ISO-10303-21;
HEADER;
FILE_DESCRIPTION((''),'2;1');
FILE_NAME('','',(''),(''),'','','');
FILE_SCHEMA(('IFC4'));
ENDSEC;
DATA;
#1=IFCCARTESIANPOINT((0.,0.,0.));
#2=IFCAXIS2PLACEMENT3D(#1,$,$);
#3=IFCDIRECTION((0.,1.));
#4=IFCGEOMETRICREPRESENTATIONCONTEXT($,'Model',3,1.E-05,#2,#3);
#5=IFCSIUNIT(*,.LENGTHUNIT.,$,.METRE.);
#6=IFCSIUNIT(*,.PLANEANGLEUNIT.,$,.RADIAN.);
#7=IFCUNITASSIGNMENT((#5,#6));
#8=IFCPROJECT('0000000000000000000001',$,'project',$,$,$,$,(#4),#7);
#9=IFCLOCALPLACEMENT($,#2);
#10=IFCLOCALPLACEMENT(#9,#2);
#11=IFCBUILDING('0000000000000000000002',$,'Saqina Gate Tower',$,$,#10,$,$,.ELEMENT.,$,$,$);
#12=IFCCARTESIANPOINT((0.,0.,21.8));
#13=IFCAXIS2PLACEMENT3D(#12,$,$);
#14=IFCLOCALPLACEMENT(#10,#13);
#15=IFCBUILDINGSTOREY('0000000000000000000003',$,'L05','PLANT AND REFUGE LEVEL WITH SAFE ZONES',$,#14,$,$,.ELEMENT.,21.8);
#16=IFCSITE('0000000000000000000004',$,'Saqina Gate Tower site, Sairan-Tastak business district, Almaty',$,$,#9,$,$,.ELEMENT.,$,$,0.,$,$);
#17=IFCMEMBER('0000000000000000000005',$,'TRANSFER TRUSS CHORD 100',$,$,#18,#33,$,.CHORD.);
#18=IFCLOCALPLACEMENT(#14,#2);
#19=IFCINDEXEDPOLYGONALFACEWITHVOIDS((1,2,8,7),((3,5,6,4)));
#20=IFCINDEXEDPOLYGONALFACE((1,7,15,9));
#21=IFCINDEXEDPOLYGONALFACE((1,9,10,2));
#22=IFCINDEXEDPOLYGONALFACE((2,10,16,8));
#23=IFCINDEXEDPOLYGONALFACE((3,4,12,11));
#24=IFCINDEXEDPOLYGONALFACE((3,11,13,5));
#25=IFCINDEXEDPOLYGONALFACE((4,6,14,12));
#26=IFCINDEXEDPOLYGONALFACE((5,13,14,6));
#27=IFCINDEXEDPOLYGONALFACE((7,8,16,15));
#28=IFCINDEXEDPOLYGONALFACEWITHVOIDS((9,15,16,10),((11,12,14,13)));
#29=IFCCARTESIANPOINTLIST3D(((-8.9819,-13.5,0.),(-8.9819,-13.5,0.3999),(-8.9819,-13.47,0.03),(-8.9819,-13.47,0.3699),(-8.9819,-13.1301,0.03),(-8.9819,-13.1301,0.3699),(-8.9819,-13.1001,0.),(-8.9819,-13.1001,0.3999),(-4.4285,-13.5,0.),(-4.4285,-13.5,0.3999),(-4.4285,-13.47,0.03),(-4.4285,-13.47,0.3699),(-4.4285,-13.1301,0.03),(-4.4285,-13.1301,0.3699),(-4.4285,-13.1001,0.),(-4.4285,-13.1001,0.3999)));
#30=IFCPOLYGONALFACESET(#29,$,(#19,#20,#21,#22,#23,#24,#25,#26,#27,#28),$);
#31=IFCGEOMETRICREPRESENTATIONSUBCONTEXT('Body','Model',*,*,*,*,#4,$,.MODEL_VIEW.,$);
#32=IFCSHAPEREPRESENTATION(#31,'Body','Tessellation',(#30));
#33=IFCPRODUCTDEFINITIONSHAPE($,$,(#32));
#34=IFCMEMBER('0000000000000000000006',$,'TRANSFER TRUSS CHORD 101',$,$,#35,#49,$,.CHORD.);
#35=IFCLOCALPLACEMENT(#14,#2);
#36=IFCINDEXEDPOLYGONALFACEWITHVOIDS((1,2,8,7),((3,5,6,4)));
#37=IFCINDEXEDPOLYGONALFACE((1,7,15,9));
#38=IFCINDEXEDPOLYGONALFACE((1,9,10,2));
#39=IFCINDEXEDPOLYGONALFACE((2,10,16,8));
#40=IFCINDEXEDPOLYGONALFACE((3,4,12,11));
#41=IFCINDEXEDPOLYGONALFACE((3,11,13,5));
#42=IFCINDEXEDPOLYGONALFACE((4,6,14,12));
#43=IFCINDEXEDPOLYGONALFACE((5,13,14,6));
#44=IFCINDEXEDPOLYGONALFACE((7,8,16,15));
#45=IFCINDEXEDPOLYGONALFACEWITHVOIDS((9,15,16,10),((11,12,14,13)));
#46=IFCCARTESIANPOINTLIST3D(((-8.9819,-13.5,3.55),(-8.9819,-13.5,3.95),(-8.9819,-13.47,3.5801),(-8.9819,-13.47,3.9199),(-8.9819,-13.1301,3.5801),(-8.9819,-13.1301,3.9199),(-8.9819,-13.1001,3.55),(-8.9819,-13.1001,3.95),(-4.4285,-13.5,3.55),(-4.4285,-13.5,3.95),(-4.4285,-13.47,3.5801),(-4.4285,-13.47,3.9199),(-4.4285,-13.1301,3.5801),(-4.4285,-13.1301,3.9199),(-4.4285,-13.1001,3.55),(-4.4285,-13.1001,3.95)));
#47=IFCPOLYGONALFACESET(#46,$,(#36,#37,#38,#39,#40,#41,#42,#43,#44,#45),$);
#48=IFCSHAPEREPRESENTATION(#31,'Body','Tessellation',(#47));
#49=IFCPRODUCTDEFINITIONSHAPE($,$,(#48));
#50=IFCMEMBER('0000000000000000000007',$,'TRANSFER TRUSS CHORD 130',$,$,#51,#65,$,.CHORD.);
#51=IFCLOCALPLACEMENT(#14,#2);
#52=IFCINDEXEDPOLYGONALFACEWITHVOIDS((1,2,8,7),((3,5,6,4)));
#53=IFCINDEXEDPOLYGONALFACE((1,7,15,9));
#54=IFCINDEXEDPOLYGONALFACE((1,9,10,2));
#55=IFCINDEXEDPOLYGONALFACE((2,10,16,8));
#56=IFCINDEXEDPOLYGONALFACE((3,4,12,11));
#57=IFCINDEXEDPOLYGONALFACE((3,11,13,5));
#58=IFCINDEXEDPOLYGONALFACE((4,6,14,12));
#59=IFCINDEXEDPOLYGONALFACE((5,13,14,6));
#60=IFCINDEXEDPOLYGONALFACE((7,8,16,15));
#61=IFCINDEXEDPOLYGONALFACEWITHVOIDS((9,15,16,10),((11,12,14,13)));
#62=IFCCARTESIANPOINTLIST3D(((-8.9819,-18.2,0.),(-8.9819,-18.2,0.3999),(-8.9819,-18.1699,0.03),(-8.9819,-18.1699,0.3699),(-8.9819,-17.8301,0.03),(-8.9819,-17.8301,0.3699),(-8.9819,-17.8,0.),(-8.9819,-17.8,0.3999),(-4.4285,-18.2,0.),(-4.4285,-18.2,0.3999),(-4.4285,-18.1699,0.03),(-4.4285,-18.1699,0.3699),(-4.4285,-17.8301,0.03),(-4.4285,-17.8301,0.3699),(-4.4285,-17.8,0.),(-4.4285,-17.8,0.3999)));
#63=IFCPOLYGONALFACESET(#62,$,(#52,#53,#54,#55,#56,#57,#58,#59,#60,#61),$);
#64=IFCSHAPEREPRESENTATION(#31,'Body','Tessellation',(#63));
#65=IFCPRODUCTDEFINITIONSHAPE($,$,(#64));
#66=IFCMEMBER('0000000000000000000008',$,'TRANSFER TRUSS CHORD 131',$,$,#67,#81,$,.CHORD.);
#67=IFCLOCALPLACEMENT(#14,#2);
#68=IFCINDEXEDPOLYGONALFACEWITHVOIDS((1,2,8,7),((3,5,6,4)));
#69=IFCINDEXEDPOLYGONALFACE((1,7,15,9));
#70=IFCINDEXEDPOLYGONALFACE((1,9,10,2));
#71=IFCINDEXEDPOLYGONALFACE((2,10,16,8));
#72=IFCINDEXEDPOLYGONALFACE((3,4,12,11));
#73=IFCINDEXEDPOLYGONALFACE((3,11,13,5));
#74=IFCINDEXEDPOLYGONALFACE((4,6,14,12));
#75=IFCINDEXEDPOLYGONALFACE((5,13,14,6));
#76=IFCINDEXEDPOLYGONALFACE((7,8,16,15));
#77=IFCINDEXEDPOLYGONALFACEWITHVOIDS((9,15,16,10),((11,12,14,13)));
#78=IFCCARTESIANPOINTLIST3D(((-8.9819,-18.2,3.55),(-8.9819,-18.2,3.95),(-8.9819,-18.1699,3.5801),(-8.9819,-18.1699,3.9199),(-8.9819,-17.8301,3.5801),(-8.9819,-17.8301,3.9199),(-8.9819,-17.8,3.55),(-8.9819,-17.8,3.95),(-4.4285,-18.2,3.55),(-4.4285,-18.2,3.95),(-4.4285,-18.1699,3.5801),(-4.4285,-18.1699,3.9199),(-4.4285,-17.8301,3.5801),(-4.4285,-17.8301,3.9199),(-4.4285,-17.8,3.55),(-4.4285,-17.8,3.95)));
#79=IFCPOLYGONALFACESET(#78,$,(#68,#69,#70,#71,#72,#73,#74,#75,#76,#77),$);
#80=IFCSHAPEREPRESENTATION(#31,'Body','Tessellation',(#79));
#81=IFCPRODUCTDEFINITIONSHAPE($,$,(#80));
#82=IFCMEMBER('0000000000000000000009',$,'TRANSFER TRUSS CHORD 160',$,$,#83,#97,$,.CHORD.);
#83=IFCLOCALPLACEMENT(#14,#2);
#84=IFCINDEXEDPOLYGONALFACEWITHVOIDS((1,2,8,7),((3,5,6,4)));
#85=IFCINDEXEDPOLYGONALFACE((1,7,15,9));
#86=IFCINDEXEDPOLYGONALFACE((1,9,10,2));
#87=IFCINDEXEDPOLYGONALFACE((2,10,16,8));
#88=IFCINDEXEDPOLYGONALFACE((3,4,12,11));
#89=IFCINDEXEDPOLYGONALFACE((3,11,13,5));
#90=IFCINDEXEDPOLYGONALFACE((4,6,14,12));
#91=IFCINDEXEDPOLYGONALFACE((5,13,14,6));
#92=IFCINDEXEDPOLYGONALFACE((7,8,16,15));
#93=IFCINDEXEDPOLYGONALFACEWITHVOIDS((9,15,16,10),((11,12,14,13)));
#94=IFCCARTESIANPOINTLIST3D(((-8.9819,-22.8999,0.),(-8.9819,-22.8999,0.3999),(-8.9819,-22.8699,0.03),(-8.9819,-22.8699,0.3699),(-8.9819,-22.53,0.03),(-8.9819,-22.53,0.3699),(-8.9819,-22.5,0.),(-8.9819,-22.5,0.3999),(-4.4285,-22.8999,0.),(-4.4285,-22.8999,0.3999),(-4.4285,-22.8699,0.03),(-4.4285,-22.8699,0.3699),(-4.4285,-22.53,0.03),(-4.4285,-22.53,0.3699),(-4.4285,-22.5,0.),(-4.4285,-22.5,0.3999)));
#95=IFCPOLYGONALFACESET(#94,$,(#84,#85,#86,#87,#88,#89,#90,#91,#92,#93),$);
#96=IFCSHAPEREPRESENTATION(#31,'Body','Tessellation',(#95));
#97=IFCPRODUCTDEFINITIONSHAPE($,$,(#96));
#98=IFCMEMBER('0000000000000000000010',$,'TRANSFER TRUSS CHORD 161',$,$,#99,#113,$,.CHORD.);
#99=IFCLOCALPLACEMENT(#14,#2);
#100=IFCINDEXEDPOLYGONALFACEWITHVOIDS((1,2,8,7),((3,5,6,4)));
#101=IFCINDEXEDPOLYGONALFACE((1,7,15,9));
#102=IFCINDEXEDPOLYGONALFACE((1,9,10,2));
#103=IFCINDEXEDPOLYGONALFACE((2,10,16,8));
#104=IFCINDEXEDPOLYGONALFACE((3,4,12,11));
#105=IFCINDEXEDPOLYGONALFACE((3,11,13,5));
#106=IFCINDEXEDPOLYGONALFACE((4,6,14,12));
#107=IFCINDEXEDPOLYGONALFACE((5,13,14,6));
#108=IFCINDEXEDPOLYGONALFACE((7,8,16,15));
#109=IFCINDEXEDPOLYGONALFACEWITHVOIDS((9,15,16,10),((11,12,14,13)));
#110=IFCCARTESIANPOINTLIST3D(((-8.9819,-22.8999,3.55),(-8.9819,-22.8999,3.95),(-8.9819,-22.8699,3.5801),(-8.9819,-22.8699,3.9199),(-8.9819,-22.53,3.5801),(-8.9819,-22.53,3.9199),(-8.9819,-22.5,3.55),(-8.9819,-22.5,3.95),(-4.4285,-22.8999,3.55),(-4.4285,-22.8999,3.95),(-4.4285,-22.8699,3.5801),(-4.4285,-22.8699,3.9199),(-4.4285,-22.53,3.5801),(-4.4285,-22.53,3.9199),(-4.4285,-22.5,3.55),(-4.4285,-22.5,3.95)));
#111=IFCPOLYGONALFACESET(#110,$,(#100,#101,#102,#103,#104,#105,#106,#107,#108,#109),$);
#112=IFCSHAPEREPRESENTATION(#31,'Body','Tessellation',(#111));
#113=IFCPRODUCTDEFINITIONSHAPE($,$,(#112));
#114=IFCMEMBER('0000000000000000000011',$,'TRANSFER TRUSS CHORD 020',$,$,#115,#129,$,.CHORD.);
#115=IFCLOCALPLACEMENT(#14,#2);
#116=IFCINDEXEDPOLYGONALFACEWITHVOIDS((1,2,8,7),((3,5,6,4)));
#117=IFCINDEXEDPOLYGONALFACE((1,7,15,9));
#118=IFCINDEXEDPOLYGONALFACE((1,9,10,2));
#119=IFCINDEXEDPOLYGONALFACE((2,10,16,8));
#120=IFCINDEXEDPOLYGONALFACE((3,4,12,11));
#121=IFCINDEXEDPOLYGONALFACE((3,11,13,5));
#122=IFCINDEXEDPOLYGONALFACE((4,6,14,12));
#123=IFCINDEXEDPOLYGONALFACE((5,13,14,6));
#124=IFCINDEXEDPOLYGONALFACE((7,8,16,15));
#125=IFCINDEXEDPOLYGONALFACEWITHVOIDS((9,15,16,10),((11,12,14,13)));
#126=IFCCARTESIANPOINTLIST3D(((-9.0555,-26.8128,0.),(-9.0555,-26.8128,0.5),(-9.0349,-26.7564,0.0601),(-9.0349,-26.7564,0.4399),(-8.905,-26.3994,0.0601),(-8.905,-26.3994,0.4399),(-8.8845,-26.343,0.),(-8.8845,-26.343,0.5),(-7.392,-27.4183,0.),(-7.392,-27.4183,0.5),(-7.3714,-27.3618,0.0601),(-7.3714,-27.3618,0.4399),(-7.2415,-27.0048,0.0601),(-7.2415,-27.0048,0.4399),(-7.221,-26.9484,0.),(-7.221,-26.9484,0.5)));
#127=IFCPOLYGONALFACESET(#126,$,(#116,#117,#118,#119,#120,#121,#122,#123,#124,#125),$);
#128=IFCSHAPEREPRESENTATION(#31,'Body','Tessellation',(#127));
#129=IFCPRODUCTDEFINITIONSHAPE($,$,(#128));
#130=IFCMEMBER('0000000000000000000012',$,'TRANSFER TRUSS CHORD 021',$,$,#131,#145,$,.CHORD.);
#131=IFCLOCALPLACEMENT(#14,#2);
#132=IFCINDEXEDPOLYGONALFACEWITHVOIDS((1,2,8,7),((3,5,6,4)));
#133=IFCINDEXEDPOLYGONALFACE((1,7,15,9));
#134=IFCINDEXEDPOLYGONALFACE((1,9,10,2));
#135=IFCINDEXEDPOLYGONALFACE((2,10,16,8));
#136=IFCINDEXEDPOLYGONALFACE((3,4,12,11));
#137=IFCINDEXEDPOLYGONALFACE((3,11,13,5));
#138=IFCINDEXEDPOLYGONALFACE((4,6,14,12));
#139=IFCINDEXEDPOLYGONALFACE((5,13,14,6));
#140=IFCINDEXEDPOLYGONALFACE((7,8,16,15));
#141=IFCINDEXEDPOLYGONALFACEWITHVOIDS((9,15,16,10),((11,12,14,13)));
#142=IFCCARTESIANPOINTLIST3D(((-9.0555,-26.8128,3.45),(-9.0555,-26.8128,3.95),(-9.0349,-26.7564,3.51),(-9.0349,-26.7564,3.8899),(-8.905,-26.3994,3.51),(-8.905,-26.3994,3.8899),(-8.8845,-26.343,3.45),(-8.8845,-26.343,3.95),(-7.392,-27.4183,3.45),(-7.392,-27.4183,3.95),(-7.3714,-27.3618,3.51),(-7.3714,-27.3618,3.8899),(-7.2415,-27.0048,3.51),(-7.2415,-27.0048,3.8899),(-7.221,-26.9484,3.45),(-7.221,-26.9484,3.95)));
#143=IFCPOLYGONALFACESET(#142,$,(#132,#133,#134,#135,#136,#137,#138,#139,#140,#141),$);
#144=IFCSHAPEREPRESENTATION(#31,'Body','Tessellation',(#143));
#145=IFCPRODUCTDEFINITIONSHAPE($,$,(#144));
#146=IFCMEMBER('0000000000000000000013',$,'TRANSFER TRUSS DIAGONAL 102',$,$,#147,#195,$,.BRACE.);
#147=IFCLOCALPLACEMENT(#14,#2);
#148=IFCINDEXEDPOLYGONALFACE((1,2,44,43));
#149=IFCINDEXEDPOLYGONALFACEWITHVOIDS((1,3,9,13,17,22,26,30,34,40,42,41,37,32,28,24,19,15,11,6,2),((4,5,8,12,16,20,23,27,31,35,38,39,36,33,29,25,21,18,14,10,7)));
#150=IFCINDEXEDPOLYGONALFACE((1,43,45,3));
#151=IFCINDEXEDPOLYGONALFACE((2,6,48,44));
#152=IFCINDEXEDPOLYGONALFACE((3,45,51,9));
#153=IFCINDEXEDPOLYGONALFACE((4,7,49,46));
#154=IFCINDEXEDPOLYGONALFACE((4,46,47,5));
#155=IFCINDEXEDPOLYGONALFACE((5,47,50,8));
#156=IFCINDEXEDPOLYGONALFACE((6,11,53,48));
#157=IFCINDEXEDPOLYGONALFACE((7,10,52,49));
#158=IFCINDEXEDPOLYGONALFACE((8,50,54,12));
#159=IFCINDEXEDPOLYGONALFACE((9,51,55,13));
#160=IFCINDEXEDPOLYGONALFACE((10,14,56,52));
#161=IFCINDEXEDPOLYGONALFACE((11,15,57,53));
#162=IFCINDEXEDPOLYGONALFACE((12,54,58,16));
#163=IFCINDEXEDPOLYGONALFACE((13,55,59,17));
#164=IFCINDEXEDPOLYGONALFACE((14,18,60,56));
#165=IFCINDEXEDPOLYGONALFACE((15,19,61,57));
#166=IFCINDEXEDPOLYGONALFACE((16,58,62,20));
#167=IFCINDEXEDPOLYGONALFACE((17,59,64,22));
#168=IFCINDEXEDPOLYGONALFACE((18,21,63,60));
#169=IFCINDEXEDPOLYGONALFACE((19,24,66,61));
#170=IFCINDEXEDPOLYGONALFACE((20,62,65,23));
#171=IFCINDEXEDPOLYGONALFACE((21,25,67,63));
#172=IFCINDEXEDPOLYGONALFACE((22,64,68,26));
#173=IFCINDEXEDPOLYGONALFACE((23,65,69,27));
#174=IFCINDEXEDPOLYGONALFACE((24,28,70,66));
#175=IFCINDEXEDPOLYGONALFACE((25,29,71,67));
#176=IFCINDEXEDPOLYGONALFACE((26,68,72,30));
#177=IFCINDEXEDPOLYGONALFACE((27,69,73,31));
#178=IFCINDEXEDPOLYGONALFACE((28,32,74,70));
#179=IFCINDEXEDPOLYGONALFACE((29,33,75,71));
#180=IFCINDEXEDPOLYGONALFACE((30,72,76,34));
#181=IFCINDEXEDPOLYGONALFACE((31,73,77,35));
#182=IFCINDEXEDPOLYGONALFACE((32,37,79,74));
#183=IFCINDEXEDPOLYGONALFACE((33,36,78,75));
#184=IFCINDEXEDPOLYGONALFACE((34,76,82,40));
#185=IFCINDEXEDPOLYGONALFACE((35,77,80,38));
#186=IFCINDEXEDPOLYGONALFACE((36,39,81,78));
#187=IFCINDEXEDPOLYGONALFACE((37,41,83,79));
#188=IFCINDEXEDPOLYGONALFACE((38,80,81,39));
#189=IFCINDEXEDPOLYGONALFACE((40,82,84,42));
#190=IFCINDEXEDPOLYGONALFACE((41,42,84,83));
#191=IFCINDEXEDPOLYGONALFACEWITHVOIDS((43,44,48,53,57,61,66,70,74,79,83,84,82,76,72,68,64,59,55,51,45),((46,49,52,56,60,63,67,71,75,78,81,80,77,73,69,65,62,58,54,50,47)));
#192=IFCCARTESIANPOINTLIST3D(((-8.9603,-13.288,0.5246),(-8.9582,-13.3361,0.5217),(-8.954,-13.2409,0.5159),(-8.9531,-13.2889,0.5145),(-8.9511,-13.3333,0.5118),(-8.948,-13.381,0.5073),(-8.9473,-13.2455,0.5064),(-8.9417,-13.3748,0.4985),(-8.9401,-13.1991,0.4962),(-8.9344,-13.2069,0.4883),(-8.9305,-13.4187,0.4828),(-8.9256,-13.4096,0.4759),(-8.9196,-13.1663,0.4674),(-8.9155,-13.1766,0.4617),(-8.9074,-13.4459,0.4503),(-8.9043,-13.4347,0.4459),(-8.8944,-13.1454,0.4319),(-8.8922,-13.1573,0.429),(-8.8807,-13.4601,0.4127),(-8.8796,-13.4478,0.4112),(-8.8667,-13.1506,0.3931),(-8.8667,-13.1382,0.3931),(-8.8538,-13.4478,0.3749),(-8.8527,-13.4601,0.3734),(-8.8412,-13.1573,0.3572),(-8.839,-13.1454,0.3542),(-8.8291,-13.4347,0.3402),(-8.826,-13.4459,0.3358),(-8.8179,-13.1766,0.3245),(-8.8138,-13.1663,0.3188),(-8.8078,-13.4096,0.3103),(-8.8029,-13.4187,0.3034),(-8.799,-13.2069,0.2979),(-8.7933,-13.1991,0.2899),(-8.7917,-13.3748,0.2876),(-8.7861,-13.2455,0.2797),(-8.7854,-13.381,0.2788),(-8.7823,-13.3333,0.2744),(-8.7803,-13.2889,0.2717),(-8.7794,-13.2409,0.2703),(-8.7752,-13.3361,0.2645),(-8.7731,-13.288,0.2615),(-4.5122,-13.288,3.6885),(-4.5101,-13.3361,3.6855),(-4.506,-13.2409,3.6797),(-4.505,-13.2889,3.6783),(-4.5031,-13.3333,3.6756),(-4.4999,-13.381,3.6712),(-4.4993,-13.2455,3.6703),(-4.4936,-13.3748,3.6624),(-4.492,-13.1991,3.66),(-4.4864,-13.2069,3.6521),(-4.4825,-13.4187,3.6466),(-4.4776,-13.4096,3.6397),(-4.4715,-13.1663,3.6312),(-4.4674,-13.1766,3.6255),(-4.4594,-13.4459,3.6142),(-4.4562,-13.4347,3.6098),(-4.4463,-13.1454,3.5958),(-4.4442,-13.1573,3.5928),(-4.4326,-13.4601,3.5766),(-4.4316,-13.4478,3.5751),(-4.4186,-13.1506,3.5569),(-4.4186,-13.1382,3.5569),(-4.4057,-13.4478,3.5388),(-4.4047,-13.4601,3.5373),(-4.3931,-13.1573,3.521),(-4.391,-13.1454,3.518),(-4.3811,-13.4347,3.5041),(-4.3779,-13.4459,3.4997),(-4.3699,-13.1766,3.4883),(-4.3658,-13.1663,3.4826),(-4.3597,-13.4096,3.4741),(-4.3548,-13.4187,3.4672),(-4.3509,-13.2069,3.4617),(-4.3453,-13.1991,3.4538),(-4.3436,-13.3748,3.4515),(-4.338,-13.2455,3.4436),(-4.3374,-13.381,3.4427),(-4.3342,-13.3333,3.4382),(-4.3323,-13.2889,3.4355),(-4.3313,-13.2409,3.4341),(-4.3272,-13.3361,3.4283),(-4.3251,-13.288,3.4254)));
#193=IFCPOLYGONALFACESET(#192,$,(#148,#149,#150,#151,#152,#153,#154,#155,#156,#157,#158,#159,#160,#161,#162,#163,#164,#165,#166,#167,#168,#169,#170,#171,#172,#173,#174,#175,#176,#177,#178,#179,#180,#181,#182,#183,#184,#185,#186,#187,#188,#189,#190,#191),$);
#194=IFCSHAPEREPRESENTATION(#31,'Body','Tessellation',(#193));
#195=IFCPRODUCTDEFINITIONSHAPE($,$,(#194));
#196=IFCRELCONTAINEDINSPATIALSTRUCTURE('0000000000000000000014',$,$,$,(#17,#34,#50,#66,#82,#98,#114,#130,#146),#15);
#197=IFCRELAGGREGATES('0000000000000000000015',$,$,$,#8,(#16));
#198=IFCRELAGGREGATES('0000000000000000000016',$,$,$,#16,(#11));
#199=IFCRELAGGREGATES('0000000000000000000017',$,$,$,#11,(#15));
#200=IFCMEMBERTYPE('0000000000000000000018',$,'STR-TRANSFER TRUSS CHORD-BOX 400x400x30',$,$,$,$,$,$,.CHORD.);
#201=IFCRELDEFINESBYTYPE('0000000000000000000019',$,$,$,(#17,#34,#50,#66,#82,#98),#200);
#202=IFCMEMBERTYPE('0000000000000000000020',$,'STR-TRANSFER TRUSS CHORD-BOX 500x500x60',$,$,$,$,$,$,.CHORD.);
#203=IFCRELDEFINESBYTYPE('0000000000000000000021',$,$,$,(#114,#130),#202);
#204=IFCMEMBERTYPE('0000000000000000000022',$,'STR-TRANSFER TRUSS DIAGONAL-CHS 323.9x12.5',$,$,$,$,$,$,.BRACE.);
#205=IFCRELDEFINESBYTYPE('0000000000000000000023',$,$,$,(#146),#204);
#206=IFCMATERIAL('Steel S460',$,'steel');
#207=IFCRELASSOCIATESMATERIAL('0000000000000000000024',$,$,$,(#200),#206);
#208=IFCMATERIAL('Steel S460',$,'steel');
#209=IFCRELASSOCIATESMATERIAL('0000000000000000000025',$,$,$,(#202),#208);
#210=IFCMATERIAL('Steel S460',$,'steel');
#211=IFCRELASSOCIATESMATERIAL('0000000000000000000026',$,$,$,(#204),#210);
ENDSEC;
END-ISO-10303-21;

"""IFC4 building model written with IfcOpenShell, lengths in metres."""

from ifc_helpers import new_model, si_unit, direction, frame, origin, origin_2d, place, context, subcontext, project, spatial, hollow_rectangle, hollow_circle, extrude, material, material_profile, profile_set, type_object, element, save


model = new_model("IFC4")

# Units and contexts
model_context = context("Model", 3, precision=1e-05, world=origin(), true_north=direction((0.0, 1.0)))
body_context = subcontext(model_context, "Body", "Model", "MODEL_VIEW")
ifc_project = project(units=[si_unit("LENGTHUNIT", "METRE"), si_unit("PLANEANGLEUNIT", "RADIAN")], contexts=[model_context])

# Site, building, storey
site_placement = place(None, origin())
site = spatial("IfcSite", under=ifc_project, at=site_placement, Name="Saqina Gate Tower site, Sairan-Tastak business district, Almaty", CompositionType="ELEMENT", RefElevation=0.0)
building_placement = place(site_placement, origin())
building = spatial("IfcBuilding", under=site, at=building_placement, Name="Saqina Gate Tower", CompositionType="ELEMENT")
storey_placement = place(building_placement, frame((0.0, 0.0, 21.8)))
storey = spatial("IfcBuildingStorey", under=building, at=storey_placement, Name="L05", Description="PLANT AND REFUGE LEVEL WITH SAFE ZONES", CompositionType="ELEMENT", Elevation=21.8)

# Members
ifc_material_1 = material(Name="Steel S460", Category="steel")
ifc_material_profile_1 = material_profile(ifc_material_1, hollow_rectangle(XDim=0.3999, YDim=0.3999, WallThickness=0.03, at=origin_2d()), Name="BOX 400x400x30")
ifc_profile_set_1 = profile_set([ifc_material_profile_1], Name="Steel S460")
member_type_1 = type_object("IfcMemberType", Name="STR-TRANSFER TRUSS CHORD-BOX 400x400x30", PredefinedType="CHORD", material=ifc_profile_set_1)
for number, where, z_axis, x_axis, name in (
    (1, (-8.9819, -13.3, 0.2), (1.0, 0.0, 0.0), (0.0, 1.0, 0.0), "TRANSFER TRUSS CHORD 100"),
    (2, (-8.9819, -13.3, 3.75), (1.0, 0.0, 0.0), (0.0, 1.0, 0.0), "TRANSFER TRUSS CHORD 101"),
    (3, (-8.9819, -18.0, 0.2), (1.0, 0.0, 0.0), (0.0, 1.0, 0.0), "TRANSFER TRUSS CHORD 130"),
    (4, (-8.9819, -18.0, 3.75), (1.0, 0.0, 0.0), (0.0, 1.0, 0.0), "TRANSFER TRUSS CHORD 131"),
    (5, (-8.9819, -22.7, 0.2), (1.0, 0.0, 0.0), (0.0, 1.0, 0.0), "TRANSFER TRUSS CHORD 160"),
    (6, (-8.9819, -22.7, 3.75), (1.0, 0.0, 0.0), (0.0, 1.0, 0.0), "TRANSFER TRUSS CHORD 161"),
):
    element("IfcMember", number, at=place(storey_placement, frame(where, z_axis=z_axis, x_axis=x_axis)), inside=storey, type_object=member_type_1, Name=name, PredefinedType="CHORD", context=body_context, shape_type="SweptSolid", body=[
        extrude(hollow_rectangle(XDim=0.3999, YDim=0.3999, WallThickness=0.03, at=origin_2d()), origin(), (0.0, 0.0, 1.0), 4.5535),
    ])
ifc_material_2 = material(Name="Steel S460", Category="steel")
ifc_material_profile_2 = material_profile(ifc_material_2, hollow_rectangle(XDim=0.5, YDim=0.5, WallThickness=0.0601, at=origin_2d()), Name="BOX 500x500x60")
ifc_profile_set_2 = profile_set([ifc_material_profile_2], Name="Steel S460")
member_type_2 = type_object("IfcMemberType", Name="STR-TRANSFER TRUSS CHORD-BOX 500x500x60", PredefinedType="CHORD", material=ifc_profile_set_2)
for number, where, z_axis, x_axis, name in (
    (7, (-8.97, -26.5779, 0.25), (0.939697, -0.342009, 0.0), (0.342009, 0.939697, 0.0), "TRANSFER TRUSS CHORD 020"),
    (8, (-8.97, -26.5779, 3.7), (0.939697, -0.342009, 0.0), (0.342009, 0.939697, 0.0), "TRANSFER TRUSS CHORD 021"),
):
    element("IfcMember", number, at=place(storey_placement, frame(where, z_axis=z_axis, x_axis=x_axis)), inside=storey, type_object=member_type_2, Name=name, PredefinedType="CHORD", context=body_context, shape_type="SweptSolid", body=[
        extrude(hollow_rectangle(XDim=0.5, YDim=0.5, WallThickness=0.0601, at=origin_2d()), origin(), (0.0, 0.0, 1.0), 1.7703),
    ])
ifc_material_3 = material(Name="Steel S460", Category="steel")
ifc_material_profile_3 = material_profile(ifc_material_3, hollow_circle(Radius=0.1619, WallThickness=0.0125, at=origin_2d()), Name="CHS 323.9x12.5")
ifc_profile_set_3 = profile_set([ifc_material_profile_3], Name="Steel S460")
member_type_3 = type_object("IfcMemberType", Name="STR-TRANSFER TRUSS DIAGONAL-CHS 323.9x12.5", PredefinedType="BRACE", material=ifc_profile_set_3)
for number, where, z_axis, x_axis, name in (
    (9, (-8.8667, -13.3, 0.3931), (0.814886, 0.0, 0.579621), (0.0, 1.0, 0.0), "TRANSFER TRUSS DIAGONAL 102"),
):
    element("IfcMember", number, at=place(storey_placement, frame(where, z_axis=z_axis, x_axis=x_axis)), inside=storey, type_object=member_type_3, Name=name, PredefinedType="BRACE", context=body_context, shape_type="SweptSolid", body=[
        extrude(hollow_circle(Radius=0.1619, WallThickness=0.0125, at=origin_2d()), origin(), (0.0, 0.0, 1.0), 5.4585),
    ])

save(model, "model.ifc")
